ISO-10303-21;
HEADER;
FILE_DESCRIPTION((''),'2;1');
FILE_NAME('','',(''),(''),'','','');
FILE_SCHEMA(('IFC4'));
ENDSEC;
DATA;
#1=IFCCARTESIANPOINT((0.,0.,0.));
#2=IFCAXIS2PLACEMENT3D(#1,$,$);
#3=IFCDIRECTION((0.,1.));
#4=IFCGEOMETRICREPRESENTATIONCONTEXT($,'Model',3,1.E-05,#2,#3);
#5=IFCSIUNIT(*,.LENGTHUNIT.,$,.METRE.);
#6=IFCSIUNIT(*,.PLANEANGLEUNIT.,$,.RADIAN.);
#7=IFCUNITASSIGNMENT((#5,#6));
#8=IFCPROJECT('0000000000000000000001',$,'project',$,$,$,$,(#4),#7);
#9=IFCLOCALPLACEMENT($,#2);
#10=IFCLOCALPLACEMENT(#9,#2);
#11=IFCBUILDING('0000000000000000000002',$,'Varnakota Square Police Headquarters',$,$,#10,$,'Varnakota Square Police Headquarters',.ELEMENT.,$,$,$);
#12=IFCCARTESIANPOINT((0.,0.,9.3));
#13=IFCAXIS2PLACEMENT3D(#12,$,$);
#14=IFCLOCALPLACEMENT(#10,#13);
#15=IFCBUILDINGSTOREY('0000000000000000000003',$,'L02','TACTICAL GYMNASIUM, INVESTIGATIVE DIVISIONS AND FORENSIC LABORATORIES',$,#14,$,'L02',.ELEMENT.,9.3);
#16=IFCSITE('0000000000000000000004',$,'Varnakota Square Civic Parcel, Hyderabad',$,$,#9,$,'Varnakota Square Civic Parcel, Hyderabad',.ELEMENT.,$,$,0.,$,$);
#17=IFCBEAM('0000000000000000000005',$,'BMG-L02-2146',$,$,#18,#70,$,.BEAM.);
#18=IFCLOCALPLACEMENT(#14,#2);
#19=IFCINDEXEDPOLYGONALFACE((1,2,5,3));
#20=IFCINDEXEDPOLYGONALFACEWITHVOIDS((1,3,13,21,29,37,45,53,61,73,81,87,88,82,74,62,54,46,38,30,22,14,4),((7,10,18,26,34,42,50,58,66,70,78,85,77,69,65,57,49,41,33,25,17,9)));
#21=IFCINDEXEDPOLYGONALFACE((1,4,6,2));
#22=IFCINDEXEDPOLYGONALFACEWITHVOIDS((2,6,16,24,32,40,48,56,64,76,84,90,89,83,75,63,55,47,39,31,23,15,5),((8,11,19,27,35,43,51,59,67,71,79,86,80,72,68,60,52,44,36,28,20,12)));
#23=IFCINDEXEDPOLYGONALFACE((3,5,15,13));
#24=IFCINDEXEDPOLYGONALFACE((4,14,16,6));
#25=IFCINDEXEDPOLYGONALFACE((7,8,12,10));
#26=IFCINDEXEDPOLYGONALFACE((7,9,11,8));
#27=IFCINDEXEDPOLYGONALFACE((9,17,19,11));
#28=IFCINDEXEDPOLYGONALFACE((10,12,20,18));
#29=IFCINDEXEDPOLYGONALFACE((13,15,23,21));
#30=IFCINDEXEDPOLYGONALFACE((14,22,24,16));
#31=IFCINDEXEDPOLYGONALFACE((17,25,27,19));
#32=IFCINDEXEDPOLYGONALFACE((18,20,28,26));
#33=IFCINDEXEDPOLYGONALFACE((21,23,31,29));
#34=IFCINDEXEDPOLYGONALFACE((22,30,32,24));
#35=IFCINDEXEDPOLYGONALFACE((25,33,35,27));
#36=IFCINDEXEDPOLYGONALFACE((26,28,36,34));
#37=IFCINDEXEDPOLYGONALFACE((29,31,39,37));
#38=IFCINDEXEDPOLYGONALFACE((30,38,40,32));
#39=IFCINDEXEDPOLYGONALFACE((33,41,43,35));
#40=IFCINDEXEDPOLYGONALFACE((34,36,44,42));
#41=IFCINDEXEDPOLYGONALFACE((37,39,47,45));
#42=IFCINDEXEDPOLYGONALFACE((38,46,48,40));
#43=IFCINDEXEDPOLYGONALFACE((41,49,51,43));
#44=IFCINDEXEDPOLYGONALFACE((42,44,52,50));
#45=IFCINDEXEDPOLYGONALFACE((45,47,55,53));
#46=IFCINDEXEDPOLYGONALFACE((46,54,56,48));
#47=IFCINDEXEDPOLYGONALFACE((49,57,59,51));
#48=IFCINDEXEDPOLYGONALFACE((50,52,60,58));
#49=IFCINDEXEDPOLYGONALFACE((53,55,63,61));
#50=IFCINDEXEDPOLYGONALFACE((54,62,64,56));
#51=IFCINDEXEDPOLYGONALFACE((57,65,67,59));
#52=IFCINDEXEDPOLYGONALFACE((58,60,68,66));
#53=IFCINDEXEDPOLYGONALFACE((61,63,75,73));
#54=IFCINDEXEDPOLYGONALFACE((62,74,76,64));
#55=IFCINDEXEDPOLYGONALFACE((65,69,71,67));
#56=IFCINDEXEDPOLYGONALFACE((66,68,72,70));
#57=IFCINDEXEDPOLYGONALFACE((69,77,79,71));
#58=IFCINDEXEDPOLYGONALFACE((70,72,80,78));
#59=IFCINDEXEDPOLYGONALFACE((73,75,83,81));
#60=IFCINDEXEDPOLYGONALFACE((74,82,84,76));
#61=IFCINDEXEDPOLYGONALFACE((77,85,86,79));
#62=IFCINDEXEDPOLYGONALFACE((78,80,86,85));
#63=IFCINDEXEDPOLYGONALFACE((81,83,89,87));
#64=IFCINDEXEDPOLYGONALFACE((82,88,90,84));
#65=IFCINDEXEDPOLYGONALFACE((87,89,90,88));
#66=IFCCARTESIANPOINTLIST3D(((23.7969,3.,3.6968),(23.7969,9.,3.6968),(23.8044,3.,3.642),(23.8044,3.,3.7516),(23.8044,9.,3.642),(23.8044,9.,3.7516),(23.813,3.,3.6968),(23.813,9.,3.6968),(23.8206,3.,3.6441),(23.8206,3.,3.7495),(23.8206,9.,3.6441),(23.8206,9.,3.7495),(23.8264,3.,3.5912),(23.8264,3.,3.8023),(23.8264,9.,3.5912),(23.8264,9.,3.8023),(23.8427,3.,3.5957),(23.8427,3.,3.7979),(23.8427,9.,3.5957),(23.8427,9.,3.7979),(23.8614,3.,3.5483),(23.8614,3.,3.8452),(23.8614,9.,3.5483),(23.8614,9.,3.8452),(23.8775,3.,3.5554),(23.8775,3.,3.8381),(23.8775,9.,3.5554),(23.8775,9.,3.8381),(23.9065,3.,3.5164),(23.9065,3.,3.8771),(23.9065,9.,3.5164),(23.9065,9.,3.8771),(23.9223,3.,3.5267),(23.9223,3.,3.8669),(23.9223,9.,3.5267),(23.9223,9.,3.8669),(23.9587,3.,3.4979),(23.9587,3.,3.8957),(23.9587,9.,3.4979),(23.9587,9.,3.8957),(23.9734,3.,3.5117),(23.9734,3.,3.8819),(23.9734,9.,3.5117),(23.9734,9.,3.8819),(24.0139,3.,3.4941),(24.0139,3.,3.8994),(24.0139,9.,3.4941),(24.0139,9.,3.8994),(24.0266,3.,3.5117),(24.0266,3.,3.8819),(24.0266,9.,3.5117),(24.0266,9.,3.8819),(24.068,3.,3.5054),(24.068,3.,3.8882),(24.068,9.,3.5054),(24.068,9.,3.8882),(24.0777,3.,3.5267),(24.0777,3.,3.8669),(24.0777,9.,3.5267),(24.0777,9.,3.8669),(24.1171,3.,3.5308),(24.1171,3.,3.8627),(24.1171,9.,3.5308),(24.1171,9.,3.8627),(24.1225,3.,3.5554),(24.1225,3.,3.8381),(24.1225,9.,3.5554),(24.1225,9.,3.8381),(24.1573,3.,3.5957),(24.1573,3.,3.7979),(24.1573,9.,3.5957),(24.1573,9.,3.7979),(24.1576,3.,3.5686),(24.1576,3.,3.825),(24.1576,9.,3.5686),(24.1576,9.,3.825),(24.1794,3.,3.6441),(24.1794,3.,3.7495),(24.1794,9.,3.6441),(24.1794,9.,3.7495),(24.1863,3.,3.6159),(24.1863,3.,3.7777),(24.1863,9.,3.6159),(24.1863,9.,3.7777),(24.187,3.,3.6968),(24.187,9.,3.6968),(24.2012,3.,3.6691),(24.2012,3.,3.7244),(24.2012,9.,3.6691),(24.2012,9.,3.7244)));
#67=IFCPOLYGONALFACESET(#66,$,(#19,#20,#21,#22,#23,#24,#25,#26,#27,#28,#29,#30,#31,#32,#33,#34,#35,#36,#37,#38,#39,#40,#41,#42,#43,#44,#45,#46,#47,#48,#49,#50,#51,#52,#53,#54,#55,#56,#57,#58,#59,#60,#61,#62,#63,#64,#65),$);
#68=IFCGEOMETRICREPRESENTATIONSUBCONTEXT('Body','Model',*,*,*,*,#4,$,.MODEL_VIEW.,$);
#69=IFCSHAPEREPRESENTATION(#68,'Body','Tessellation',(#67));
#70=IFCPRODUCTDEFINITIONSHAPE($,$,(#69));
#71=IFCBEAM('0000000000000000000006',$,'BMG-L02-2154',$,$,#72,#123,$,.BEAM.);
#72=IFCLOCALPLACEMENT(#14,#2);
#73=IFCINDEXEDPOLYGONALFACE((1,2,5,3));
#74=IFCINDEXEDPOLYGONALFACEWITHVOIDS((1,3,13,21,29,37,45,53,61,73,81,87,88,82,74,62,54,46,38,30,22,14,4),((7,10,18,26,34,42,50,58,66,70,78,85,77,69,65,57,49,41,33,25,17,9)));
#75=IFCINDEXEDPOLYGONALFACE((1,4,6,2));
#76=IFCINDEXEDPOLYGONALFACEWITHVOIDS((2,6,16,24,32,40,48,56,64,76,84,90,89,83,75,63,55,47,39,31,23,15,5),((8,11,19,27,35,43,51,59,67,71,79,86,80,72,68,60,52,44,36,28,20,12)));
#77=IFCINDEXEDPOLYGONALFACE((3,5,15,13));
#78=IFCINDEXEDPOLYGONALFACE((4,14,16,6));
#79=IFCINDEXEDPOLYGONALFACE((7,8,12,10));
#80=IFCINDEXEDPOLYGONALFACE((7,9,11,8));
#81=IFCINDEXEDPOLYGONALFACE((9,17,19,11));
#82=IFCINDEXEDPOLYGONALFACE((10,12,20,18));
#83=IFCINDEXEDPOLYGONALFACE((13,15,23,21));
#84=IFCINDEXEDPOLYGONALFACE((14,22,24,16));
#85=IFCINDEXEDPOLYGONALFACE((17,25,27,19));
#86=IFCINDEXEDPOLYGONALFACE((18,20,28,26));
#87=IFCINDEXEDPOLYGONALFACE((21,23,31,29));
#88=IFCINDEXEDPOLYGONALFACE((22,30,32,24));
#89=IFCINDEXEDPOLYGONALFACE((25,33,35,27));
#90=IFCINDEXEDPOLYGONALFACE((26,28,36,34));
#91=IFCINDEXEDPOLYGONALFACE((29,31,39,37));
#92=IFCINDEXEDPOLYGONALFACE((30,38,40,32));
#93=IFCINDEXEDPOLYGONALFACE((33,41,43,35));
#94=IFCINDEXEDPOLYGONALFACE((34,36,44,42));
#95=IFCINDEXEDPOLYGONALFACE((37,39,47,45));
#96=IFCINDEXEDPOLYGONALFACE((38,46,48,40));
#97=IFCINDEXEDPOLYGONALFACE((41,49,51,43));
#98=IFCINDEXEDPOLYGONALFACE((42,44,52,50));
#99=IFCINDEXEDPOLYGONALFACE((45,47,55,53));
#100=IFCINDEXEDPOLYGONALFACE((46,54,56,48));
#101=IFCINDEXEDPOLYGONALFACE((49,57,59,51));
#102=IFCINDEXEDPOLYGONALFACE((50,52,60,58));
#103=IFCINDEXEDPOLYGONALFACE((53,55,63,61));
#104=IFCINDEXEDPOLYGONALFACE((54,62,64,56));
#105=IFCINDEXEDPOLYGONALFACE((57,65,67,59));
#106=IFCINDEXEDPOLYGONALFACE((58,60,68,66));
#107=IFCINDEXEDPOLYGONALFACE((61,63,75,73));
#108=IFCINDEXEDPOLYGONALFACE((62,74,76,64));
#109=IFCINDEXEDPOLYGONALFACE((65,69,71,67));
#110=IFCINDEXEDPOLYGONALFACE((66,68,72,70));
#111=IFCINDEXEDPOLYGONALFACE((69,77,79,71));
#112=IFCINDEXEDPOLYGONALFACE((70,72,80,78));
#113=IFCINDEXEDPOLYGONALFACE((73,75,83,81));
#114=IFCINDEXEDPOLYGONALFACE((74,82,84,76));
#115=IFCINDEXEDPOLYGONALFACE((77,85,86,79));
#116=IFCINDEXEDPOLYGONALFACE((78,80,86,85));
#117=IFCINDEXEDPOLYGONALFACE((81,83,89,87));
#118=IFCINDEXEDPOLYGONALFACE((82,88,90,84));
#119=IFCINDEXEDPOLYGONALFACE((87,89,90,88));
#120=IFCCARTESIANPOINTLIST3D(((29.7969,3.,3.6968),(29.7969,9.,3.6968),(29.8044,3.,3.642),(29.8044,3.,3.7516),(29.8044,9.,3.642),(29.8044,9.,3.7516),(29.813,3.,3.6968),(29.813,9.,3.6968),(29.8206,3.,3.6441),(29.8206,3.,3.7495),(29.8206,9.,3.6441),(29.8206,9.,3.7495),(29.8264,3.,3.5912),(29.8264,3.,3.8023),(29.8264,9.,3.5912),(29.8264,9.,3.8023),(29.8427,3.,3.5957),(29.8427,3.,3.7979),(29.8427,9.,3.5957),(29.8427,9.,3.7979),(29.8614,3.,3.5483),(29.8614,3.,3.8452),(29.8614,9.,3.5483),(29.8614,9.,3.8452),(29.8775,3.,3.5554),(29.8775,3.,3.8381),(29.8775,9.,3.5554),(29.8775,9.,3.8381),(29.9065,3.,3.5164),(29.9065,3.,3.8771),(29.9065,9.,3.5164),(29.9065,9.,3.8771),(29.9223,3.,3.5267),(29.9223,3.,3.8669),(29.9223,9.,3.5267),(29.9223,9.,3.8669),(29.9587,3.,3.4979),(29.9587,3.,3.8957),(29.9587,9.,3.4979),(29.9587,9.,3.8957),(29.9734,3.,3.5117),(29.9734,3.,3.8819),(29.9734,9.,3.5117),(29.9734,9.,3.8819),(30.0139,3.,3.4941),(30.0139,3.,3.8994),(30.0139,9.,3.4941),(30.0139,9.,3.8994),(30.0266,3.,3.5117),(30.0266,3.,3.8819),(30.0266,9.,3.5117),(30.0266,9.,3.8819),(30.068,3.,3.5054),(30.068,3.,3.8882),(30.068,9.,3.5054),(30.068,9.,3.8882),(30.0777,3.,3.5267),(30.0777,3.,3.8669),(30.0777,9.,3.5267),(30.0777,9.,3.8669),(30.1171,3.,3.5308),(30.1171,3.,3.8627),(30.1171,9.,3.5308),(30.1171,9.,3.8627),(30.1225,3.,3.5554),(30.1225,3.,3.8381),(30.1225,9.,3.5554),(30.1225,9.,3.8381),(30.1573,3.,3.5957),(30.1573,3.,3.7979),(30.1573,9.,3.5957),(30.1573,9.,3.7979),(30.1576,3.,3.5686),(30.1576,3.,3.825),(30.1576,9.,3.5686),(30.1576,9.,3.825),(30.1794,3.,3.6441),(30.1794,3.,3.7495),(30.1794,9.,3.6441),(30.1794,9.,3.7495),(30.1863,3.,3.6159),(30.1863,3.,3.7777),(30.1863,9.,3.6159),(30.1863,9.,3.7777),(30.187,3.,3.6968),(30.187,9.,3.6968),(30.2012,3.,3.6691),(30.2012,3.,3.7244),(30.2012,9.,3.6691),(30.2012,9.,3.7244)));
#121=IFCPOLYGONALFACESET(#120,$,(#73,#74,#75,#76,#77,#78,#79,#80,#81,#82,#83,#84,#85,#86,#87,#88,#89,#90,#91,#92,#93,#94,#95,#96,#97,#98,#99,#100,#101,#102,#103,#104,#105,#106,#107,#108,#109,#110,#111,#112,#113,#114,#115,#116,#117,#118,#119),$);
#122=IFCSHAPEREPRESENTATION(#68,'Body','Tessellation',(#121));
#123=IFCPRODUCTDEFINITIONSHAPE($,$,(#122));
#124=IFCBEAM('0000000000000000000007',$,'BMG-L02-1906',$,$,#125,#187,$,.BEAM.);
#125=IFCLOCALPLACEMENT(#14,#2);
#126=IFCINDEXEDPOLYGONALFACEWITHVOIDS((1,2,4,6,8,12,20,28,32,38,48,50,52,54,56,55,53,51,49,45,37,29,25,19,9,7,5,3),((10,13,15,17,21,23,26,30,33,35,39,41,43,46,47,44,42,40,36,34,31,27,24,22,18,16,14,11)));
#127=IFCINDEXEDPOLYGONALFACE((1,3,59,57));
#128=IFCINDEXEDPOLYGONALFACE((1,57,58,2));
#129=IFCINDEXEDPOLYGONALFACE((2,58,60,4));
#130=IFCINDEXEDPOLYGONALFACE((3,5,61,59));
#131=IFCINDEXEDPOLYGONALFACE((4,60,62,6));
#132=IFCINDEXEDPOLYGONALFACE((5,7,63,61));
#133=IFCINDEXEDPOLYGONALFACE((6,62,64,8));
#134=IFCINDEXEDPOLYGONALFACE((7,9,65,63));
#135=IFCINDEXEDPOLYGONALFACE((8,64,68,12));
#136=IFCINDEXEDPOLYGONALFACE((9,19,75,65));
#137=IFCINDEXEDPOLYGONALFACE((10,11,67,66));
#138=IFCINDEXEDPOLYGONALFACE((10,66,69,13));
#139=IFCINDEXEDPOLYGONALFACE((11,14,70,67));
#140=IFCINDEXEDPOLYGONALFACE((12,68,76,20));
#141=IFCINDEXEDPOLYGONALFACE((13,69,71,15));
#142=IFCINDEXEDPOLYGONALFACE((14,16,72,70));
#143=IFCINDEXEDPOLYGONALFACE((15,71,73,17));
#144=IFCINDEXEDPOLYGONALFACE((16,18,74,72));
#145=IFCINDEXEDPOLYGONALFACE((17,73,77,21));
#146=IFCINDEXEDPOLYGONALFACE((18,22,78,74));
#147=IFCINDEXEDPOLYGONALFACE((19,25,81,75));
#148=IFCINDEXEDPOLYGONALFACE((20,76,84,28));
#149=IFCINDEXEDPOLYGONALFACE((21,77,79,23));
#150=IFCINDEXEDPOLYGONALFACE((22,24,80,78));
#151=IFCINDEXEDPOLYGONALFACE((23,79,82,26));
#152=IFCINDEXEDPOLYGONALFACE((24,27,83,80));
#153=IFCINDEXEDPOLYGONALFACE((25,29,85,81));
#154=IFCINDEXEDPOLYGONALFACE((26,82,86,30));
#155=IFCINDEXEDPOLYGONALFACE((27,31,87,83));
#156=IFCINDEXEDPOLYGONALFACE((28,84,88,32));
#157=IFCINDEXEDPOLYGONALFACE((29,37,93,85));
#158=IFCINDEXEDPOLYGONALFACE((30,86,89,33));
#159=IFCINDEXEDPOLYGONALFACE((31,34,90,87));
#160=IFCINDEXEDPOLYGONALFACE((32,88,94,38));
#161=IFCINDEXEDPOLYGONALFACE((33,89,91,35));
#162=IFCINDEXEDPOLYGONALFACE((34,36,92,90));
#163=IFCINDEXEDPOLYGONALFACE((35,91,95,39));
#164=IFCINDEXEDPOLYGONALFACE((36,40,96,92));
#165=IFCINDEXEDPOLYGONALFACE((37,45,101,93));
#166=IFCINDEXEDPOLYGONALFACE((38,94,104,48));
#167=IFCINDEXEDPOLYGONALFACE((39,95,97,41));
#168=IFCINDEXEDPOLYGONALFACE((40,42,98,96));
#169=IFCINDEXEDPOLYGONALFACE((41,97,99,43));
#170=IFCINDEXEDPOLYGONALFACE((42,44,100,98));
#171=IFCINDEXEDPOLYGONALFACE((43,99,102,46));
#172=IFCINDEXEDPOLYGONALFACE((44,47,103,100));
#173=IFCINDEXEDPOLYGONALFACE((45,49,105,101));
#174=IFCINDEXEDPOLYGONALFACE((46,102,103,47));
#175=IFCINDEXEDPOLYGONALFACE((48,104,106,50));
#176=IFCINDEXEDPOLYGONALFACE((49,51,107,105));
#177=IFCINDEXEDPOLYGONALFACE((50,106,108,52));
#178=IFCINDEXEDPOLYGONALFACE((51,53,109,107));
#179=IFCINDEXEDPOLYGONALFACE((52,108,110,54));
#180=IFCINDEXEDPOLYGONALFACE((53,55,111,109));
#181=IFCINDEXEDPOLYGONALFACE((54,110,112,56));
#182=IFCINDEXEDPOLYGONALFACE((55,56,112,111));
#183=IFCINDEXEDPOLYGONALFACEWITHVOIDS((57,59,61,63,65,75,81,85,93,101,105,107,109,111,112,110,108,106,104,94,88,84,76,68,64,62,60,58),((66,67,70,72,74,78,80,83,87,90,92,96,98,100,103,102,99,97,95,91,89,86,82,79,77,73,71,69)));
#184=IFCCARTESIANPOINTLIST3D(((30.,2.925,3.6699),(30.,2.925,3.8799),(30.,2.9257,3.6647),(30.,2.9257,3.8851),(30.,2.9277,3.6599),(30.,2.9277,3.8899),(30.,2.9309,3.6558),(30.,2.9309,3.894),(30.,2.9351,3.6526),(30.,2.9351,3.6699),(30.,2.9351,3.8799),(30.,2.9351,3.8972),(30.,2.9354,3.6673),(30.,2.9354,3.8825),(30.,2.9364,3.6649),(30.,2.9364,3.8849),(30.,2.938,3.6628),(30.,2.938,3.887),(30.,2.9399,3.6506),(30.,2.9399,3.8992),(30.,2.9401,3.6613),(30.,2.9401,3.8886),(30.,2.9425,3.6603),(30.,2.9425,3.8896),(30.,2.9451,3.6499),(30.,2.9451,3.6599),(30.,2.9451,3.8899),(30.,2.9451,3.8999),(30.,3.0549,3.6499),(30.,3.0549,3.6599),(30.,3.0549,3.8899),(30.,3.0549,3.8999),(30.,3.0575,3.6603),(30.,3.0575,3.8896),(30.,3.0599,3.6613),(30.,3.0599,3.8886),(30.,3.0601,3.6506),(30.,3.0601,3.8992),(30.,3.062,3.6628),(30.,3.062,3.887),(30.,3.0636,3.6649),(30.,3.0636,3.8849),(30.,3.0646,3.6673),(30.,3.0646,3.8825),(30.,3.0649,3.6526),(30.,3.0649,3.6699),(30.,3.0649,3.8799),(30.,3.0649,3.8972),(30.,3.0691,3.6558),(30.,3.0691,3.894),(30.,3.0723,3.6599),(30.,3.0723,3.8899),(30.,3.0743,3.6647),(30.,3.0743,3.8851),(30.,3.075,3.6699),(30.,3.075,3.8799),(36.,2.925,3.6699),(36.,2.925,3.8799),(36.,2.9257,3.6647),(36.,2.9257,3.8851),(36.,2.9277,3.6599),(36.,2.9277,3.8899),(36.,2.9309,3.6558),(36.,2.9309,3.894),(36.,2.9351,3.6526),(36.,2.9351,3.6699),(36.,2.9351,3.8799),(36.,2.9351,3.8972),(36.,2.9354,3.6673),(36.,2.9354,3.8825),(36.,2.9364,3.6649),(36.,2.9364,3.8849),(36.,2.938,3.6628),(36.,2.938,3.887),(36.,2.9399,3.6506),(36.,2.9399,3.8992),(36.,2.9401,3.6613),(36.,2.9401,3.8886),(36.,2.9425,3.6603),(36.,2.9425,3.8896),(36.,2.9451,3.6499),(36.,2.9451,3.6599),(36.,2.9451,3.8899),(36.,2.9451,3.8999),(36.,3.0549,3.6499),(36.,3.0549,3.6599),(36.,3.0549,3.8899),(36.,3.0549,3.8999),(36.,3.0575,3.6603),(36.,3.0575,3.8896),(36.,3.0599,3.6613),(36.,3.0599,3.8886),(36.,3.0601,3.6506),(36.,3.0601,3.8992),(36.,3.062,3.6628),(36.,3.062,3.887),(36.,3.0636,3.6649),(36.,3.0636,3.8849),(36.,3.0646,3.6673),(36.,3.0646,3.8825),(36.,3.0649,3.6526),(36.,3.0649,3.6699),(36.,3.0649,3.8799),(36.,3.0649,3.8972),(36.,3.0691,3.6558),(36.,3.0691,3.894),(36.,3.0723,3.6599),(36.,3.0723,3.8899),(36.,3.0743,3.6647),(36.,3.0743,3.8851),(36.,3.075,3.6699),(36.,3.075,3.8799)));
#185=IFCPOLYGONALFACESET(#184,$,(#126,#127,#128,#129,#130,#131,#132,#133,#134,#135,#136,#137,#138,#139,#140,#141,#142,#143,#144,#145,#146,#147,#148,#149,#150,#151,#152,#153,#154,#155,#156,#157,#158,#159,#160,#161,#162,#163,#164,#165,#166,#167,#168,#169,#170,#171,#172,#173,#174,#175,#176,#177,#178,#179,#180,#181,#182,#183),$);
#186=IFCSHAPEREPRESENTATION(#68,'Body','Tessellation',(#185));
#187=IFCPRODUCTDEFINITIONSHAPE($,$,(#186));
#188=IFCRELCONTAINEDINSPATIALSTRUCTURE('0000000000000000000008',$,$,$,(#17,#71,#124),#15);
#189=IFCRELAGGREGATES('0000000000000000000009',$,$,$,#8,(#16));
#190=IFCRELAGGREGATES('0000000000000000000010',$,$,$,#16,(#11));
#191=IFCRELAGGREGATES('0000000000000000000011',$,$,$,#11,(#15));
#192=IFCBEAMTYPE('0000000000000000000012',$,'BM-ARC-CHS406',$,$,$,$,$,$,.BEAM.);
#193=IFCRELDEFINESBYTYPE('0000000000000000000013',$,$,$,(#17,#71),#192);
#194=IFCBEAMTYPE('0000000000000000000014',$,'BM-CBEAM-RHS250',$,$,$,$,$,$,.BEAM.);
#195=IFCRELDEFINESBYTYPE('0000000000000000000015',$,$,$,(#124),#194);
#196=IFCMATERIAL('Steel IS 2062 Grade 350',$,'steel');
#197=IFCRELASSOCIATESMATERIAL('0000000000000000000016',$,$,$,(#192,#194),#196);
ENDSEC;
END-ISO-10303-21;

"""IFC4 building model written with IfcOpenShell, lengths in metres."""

from ifc_helpers import new_model, si_unit, direction, frame, origin, origin_2d, place, context, subcontext, project, spatial, hollow_rectangle, hollow_circle, extrude, material, material_profile, profile_set, type_object, element, save


model = new_model("IFC4")

# Units and contexts
model_context = context("Model", 3, precision=1e-05, world=origin(), true_north=direction((0.0, 1.0)))
body_context = subcontext(model_context, "Body", "Model", "MODEL_VIEW")
ifc_project = project(units=[si_unit("LENGTHUNIT", "METRE"), si_unit("PLANEANGLEUNIT", "RADIAN")], contexts=[model_context])

# Site, building, storey
site_placement = place(None, origin())
site = spatial("IfcSite", under=ifc_project, at=site_placement, Name="Varnakota Square Civic Parcel, Hyderabad", LongName="Varnakota Square Civic Parcel, Hyderabad", CompositionType="ELEMENT", RefElevation=0.0)
building_placement = place(site_placement, origin())
building = spatial("IfcBuilding", under=site, at=building_placement, Name="Varnakota Square Police Headquarters", LongName="Varnakota Square Police Headquarters", CompositionType="ELEMENT")
storey_placement = place(building_placement, frame((0.0, 0.0, 9.3)))
storey = spatial("IfcBuildingStorey", under=building, at=storey_placement, Name="L02", Description="TACTICAL GYMNASIUM, INVESTIGATIVE DIVISIONS AND FORENSIC LABORATORIES", LongName="L02", CompositionType="ELEMENT", Elevation=9.3)

# Shared definitions
ifc_material_1 = material(Name="Steel IS 2062 Grade 350", Category="steel")

# Beams
ifc_material_profile_1 = material_profile(ifc_material_1, hollow_circle(Radius=0.2031, WallThickness=0.0161, at=origin_2d()), Name="CHS 406.4x16.0")
ifc_profile_set_1 = profile_set([ifc_material_profile_1], Name="Steel IS 2062 Grade 350")
beam_type_1 = type_object("IfcBeamType", Name="BM-ARC-CHS406", PredefinedType="BEAM", material=ifc_profile_set_1)
for number, where, z_axis, x_axis, name in (
    (1, (24.0, 3.0, 3.6968), (0.0, 1.0, 0.0), (-1.0, 0.0, 0.0), "BMG-L02-2146"),
    (2, (30.0, 3.0, 3.6968), (0.0, 1.0, 0.0), (-1.0, 0.0, 0.0), "BMG-L02-2154"),
):
    element("IfcBeam", number, at=place(storey_placement, frame(where, z_axis=z_axis, x_axis=x_axis)), inside=storey, type_object=beam_type_1, Name=name, PredefinedType="BEAM", context=body_context, shape_type="SweptSolid", body=[
        extrude(hollow_circle(Radius=0.2031, WallThickness=0.0161, at=origin_2d()), origin(), (0.0, 0.0, 1.0), 6.0),
    ])
ifc_material_profile_2 = material_profile(ifc_material_1, hollow_rectangle(XDim=0.1499, YDim=0.25, WallThickness=0.01, InnerFilletRadius=0.01, OuterFilletRadius=0.02, at=origin_2d()), Name="RHS 250x150x10")
ifc_profile_set_2 = profile_set([ifc_material_profile_2], Name="Steel IS 2062 Grade 350")
beam_type_2 = type_object("IfcBeamType", Name="BM-CBEAM-RHS250", PredefinedType="BEAM", material=ifc_profile_set_2)
beam_1_placement = place(storey_placement, frame((30.0, 3.0, 3.7749), z_axis=(1.0, 0.0, 0.0), x_axis=(0.0, 1.0, 0.0)))
element("IfcBeam", 3, at=beam_1_placement, inside=storey, type_object=beam_type_2, Name="BMG-L02-1906", PredefinedType="BEAM", context=body_context, shape_type="SweptSolid", body=[
    extrude(hollow_rectangle(XDim=0.1499, YDim=0.25, WallThickness=0.01, InnerFilletRadius=0.01, OuterFilletRadius=0.02, at=origin_2d()), origin(), (0.0, 0.0, 1.0), 6.0),
])

save(model, "model.ifc")
